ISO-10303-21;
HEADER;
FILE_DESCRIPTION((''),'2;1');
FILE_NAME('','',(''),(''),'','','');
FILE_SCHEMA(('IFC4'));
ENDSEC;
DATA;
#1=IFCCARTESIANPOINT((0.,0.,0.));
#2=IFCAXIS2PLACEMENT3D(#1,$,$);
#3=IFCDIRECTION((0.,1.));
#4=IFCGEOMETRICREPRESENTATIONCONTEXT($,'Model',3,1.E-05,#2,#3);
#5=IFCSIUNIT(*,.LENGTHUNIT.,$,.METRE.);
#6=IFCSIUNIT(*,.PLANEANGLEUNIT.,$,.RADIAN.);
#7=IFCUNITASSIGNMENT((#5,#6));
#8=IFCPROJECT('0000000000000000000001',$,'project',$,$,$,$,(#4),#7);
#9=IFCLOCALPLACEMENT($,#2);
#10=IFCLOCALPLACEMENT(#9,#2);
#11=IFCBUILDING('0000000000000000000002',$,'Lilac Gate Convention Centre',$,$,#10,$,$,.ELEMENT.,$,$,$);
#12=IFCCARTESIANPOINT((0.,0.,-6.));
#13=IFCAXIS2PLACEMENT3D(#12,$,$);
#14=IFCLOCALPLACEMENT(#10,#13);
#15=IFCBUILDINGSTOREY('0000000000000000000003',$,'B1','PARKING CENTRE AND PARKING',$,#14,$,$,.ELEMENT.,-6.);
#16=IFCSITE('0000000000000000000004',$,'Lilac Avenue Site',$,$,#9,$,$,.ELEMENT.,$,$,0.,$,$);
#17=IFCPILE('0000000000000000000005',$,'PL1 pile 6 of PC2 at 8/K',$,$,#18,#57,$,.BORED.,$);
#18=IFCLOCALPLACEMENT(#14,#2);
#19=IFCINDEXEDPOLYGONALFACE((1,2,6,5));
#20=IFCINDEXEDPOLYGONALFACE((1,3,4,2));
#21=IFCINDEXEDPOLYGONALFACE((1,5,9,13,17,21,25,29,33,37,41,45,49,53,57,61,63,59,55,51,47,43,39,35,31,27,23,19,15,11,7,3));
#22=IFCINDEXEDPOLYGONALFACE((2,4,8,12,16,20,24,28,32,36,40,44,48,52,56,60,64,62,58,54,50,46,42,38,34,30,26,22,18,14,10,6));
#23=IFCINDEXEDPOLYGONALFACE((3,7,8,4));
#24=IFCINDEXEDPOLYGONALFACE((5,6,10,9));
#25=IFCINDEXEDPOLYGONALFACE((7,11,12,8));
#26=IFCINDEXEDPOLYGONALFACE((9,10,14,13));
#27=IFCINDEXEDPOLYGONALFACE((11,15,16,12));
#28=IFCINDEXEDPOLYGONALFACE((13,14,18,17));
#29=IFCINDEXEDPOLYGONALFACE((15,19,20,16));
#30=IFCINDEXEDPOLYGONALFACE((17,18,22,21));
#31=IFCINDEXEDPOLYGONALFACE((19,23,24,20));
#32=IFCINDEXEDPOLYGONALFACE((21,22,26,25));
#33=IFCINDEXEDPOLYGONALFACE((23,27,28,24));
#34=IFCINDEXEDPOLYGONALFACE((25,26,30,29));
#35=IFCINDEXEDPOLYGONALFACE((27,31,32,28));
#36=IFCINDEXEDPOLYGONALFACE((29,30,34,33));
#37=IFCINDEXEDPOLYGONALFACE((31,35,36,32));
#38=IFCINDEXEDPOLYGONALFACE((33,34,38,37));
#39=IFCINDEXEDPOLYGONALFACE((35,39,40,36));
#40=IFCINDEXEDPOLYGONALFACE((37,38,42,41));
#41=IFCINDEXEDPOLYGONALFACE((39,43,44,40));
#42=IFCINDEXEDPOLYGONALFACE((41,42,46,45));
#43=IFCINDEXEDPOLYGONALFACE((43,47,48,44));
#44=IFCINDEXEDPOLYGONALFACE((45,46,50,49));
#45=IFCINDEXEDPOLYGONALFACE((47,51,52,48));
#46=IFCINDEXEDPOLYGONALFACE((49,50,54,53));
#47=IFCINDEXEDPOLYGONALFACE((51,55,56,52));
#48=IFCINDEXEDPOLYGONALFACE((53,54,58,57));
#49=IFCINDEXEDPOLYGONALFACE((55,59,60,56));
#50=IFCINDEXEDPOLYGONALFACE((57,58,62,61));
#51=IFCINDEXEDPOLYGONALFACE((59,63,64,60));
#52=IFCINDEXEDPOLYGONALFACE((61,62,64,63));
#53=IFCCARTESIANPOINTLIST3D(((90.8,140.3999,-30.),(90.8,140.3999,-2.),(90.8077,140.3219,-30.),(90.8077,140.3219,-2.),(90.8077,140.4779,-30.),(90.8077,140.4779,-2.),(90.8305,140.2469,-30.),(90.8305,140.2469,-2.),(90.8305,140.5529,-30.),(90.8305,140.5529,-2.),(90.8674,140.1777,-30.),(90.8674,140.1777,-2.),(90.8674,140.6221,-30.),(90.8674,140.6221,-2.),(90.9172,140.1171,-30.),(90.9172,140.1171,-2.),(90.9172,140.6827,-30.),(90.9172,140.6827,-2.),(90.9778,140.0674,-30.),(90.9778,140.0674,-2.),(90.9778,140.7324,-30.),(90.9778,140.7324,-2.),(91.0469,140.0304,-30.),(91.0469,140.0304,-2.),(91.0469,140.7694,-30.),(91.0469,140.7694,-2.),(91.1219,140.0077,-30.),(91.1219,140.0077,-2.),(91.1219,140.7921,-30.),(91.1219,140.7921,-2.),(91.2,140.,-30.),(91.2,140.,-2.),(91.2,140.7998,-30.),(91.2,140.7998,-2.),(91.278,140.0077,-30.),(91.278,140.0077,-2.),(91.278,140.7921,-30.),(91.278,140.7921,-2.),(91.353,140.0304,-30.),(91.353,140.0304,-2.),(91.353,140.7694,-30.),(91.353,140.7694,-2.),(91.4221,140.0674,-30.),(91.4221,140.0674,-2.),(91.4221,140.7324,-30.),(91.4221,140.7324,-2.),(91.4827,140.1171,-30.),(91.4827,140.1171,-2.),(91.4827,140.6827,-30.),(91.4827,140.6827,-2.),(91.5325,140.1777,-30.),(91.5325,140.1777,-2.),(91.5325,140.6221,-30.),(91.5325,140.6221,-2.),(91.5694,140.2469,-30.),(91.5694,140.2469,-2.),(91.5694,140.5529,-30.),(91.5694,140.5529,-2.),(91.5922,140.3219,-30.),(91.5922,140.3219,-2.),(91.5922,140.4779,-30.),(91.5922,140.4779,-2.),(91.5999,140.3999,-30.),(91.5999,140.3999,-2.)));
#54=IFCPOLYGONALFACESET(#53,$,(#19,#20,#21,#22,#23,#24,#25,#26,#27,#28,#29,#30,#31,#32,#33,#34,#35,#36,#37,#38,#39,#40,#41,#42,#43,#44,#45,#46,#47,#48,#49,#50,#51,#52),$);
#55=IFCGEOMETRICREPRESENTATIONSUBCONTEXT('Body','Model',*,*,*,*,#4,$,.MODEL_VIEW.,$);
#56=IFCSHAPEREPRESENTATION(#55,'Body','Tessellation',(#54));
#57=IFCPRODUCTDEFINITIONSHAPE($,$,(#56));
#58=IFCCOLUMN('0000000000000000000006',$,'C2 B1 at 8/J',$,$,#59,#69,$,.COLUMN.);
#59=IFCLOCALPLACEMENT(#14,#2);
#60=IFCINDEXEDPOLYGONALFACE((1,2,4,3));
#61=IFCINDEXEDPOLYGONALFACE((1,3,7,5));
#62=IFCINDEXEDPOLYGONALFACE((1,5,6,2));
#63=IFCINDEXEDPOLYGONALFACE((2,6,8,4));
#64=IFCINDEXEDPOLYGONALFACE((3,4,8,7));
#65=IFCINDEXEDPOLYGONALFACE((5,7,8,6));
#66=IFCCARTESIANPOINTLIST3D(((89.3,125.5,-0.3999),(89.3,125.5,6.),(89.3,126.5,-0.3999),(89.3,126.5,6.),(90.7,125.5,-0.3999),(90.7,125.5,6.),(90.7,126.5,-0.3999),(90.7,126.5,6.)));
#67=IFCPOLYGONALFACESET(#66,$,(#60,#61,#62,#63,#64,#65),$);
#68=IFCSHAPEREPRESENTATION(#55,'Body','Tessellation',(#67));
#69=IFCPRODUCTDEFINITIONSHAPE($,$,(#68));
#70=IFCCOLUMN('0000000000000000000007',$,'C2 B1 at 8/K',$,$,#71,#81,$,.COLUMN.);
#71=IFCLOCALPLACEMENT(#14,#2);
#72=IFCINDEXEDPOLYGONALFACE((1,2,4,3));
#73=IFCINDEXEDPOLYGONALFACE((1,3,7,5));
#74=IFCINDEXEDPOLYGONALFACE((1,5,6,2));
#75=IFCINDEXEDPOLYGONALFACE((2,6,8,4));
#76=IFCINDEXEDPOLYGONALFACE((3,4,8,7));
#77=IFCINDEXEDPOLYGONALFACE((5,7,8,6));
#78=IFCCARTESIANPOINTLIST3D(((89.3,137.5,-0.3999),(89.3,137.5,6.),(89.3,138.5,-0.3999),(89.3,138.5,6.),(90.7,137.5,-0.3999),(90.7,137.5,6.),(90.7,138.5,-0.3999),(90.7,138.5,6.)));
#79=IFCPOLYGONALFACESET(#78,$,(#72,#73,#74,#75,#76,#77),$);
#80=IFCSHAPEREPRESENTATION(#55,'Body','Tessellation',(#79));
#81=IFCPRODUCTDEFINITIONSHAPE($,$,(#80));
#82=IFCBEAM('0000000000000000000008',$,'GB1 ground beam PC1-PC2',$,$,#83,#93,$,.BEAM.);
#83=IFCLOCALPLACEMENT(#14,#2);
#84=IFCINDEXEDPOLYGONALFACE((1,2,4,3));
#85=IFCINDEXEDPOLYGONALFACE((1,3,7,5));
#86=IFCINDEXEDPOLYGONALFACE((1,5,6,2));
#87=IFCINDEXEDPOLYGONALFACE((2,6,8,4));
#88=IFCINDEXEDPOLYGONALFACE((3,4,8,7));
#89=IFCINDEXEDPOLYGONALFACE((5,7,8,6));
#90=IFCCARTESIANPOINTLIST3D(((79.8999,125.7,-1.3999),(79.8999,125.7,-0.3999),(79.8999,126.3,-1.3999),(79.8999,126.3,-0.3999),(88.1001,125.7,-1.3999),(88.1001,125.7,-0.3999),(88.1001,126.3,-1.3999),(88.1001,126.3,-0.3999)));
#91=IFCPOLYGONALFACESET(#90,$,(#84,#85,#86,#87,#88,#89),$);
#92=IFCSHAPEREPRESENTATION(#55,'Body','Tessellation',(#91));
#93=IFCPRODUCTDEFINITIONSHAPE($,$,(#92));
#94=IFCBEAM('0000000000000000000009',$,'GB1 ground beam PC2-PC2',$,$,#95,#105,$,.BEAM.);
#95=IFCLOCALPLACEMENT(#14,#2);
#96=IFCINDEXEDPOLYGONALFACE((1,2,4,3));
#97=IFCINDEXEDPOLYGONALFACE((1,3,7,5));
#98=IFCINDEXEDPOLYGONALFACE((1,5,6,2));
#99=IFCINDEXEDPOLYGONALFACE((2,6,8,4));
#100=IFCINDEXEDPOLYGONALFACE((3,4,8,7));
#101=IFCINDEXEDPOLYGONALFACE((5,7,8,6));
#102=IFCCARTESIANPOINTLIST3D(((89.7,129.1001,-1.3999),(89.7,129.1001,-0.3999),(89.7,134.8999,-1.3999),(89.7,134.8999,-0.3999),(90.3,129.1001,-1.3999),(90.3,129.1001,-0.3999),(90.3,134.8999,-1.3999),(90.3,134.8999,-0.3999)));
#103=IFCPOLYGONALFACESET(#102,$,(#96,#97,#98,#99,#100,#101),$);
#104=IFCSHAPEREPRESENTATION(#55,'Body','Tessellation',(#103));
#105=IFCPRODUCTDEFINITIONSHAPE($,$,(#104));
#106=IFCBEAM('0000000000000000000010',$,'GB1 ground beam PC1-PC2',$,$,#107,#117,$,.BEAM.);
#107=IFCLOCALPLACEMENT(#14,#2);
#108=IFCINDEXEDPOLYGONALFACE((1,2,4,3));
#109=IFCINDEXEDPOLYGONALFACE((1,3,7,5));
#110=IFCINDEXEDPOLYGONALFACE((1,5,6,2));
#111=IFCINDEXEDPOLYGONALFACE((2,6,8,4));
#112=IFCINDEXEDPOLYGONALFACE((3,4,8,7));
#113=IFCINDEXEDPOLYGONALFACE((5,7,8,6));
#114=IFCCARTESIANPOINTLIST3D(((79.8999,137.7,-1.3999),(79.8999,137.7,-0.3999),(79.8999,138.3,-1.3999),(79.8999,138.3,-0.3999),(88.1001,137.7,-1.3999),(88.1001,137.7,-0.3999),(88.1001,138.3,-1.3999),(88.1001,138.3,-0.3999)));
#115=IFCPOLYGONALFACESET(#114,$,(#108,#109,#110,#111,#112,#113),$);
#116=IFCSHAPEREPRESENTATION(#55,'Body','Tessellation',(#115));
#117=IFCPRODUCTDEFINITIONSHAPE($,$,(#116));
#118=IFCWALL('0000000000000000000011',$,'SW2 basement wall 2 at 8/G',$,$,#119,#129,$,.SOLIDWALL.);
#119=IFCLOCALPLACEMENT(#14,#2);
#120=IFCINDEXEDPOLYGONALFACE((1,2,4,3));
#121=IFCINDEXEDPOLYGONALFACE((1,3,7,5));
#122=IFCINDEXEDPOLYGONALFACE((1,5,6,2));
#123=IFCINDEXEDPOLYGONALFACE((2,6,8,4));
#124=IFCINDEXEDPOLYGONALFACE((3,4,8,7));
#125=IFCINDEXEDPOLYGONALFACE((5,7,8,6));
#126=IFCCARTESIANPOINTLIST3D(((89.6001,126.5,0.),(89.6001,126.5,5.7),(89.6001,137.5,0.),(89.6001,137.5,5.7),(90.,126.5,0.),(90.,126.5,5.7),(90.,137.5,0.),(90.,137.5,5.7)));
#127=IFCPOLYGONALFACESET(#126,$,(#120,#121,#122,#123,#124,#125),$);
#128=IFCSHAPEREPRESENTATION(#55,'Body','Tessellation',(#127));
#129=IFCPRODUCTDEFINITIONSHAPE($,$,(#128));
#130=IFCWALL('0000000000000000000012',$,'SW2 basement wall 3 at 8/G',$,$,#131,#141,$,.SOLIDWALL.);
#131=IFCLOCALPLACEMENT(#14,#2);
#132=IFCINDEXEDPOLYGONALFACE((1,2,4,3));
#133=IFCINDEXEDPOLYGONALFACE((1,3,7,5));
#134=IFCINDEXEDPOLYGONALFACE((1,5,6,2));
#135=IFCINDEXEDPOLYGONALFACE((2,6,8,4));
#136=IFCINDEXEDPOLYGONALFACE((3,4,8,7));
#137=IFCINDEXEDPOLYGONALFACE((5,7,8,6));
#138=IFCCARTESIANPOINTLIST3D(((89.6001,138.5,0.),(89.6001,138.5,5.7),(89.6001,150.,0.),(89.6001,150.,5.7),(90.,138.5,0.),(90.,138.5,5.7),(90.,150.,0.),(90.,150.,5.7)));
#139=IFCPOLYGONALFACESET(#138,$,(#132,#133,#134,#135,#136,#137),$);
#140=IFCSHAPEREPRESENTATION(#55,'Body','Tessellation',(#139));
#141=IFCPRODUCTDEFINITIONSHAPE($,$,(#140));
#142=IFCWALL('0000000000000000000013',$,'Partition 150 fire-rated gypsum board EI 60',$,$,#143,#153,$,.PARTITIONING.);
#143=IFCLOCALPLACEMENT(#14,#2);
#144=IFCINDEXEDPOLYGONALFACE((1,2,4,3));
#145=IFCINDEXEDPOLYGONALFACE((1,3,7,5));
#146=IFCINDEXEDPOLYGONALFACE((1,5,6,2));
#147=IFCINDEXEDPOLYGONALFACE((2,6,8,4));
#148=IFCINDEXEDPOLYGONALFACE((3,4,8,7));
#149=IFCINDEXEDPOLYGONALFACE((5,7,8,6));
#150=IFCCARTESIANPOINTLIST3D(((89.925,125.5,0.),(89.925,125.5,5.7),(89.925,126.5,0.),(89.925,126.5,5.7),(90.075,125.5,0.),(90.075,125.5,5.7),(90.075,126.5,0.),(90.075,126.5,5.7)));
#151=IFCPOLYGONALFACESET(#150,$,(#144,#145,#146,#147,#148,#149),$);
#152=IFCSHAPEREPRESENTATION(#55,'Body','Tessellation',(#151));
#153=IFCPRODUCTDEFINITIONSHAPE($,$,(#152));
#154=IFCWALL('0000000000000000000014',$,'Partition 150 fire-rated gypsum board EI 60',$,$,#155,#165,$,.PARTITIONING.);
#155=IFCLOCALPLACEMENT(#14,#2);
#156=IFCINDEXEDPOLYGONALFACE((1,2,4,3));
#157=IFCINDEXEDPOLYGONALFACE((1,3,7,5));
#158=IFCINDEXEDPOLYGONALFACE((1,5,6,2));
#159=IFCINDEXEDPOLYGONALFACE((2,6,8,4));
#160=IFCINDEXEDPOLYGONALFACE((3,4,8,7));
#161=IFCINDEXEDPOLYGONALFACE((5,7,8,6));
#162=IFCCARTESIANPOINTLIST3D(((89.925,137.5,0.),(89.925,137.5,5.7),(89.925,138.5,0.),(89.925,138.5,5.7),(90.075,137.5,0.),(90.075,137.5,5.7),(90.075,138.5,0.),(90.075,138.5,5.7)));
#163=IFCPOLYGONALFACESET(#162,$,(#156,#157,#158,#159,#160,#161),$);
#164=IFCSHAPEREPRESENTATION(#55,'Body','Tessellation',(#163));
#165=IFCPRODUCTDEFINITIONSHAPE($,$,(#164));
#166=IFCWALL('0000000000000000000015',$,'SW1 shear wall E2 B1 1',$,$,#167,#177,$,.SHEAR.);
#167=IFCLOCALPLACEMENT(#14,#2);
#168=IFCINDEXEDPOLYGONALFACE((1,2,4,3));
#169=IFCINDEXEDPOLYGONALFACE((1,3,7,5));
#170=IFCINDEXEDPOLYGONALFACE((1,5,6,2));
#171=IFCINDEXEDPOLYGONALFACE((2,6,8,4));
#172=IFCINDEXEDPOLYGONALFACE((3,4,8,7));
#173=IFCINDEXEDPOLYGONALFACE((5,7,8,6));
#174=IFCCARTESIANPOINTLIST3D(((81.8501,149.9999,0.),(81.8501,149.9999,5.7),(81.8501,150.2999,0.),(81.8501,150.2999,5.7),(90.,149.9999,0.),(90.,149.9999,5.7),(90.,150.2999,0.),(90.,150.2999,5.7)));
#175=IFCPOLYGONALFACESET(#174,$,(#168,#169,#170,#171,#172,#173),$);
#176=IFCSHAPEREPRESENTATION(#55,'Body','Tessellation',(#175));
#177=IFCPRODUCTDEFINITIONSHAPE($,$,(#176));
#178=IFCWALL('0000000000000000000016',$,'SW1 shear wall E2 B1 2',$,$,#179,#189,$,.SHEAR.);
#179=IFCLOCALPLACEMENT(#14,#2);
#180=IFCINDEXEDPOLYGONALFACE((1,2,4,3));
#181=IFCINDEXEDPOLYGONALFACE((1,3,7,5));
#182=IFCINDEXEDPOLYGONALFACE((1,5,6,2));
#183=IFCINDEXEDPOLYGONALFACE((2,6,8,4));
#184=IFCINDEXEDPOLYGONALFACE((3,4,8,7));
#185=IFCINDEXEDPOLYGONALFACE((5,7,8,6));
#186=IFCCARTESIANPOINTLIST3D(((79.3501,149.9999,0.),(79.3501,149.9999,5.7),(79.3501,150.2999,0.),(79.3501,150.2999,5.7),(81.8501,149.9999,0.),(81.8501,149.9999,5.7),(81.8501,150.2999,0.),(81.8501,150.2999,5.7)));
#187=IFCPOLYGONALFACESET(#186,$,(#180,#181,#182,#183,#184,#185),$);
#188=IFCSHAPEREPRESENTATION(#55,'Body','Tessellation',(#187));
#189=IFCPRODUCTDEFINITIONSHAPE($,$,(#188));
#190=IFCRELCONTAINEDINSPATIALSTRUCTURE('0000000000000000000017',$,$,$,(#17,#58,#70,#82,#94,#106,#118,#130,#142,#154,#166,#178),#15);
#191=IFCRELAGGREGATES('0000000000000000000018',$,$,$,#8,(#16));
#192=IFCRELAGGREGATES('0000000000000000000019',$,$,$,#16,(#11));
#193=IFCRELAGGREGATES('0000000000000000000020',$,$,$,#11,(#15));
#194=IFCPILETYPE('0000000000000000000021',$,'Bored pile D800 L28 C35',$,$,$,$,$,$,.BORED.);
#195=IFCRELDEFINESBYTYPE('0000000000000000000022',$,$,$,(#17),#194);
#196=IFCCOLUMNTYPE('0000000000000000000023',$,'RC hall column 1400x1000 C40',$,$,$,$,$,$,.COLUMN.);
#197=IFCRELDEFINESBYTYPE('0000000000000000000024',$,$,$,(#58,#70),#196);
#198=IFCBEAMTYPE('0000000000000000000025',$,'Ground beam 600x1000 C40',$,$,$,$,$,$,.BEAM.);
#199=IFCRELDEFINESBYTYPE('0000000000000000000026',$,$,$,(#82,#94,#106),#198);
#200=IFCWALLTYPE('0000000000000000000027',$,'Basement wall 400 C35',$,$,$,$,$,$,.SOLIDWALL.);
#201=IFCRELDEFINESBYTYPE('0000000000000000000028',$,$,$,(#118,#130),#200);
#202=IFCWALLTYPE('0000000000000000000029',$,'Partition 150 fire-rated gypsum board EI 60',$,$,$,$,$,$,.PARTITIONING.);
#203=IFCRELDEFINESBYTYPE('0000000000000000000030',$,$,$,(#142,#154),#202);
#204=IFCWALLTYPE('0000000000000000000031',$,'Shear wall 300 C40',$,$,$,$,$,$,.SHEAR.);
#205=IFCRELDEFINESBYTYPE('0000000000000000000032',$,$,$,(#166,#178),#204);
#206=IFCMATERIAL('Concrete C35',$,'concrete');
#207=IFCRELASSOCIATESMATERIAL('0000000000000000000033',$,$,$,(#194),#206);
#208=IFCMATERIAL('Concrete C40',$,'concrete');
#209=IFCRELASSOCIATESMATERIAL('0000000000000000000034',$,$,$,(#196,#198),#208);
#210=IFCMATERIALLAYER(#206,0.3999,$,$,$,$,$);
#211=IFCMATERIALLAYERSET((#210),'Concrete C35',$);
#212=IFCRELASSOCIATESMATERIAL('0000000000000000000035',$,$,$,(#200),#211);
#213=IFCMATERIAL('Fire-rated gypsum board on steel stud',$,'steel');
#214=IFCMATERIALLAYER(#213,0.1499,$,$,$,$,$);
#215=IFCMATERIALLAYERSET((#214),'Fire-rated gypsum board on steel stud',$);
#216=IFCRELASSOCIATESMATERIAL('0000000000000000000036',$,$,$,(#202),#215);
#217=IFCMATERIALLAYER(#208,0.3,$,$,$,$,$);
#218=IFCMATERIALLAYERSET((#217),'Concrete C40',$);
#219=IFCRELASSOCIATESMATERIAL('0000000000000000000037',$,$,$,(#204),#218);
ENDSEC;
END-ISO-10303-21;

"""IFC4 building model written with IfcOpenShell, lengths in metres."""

from ifc_helpers import new_model, si_unit, direction, frame, frame_2d, origin, origin_2d, place, context, subcontext, project, spatial, rectangle, circle, extrude, material, layer, layer_set, material_profile, profile_set, type_object, element, save


model = new_model("IFC4")

# Units and contexts
model_context = context("Model", 3, precision=1e-05, world=origin(), true_north=direction((0.0, 1.0)))
body_context = subcontext(model_context, "Body", "Model", "MODEL_VIEW")
ifc_project = project(units=[si_unit("LENGTHUNIT", "METRE"), si_unit("PLANEANGLEUNIT", "RADIAN")], contexts=[model_context])

# Site, building, storey
site_placement = place(None, origin())
site = spatial("IfcSite", under=ifc_project, at=site_placement, Name="Lilac Avenue Site", CompositionType="ELEMENT", RefElevation=0.0)
building_placement = place(site_placement, origin())
building = spatial("IfcBuilding", under=site, at=building_placement, Name="Lilac Gate Convention Centre", CompositionType="ELEMENT")
storey_placement = place(building_placement, frame((0.0, 0.0, -6.0)))
storey = spatial("IfcBuildingStorey", under=building, at=storey_placement, Name="B1", Description="PARKING CENTRE AND PARKING", CompositionType="ELEMENT", Elevation=-6.0)

# Pile
ifc_material_1 = material(Name="Concrete C35", Category="concrete")
ifc_material_profile_1 = material_profile(ifc_material_1, circle(Radius=0.3999, at=origin_2d()), Name="D800")
ifc_profile_set_1 = profile_set([ifc_material_profile_1], Name="Concrete C35")
pile_type = type_object("IfcPileType", Name="Bored pile D800 L28 C35", PredefinedType="BORED", material=ifc_profile_set_1)
for number, where, z_axis, x_axis, name in (
    (1, (91.2, 140.3999, -2.0), (0.0, 0.0, -1.0), (1.0, 0.0, 0.0), "PL1 pile 6 of PC2 at 8/K"),
):
    element("IfcPile", number, at=place(storey_placement, frame(where, z_axis=z_axis, x_axis=x_axis)), inside=storey, type_object=pile_type, Name=name, PredefinedType="BORED", context=body_context, shape_type="SweptSolid", body=[
        extrude(circle(Radius=0.3999, at=origin_2d()), origin(), (0.0, 0.0, 1.0), 28.0),
    ])

# Columns
ifc_material_2 = material(Name="Concrete C40", Category="concrete")
ifc_material_profile_2 = material_profile(ifc_material_2, rectangle(XDim=1.3999, YDim=1.0, at=origin_2d()), Name="RC 1400x1000")
ifc_profile_set_2 = profile_set([ifc_material_profile_2], Name="Concrete C40")
column_type = type_object("IfcColumnType", Name="RC hall column 1400x1000 C40", PredefinedType="COLUMN", material=ifc_profile_set_2)
for number, where, z_axis, x_axis, name in (
    (2, (90.0, 126.0, -0.3999), (0.0, 0.0, 1.0), (1.0, 0.0, 0.0), "C2 B1 at 8/J"),
    (3, (90.0, 138.0, -0.3999), (0.0, 0.0, 1.0), (1.0, 0.0, 0.0), "C2 B1 at 8/K"),
):
    element("IfcColumn", number, at=place(storey_placement, frame(where, z_axis=z_axis, x_axis=x_axis)), inside=storey, type_object=column_type, Name=name, PredefinedType="COLUMN", context=body_context, shape_type="SweptSolid", body=[
        extrude(rectangle(XDim=1.3999, YDim=1.0, at=origin_2d()), origin(), (0.0, 0.0, 1.0), 6.3999),
    ])

# Beams
ifc_material_profile_3 = material_profile(ifc_material_2, rectangle(XDim=0.6001, YDim=1.0, at=origin_2d()), Name="RC 600x1000")
ifc_profile_set_3 = profile_set([ifc_material_profile_3], Name="Concrete C40")
beam_type = type_object("IfcBeamType", Name="Ground beam 600x1000 C40", PredefinedType="BEAM", material=ifc_profile_set_3)
beam_1_placement = place(storey_placement, frame((79.8999, 126.0, -0.8999), z_axis=(1.0, 0.0, 0.0), x_axis=(0.0, 1.0, 0.0)))
element("IfcBeam", 4, at=beam_1_placement, inside=storey, type_object=beam_type, Name="GB1 ground beam PC1-PC2", PredefinedType="BEAM", context=body_context, shape_type="SweptSolid", body=[
    extrude(rectangle(XDim=0.6001, YDim=1.0, at=origin_2d()), origin(), (0.0, 0.0, 1.0), 8.2002),
])
beam_2_placement = place(storey_placement, frame((90.0, 129.1001, -0.8999), z_axis=(0.0, 1.0, 0.0), x_axis=(-1.0, 0.0, 0.0)))
element("IfcBeam", 5, at=beam_2_placement, inside=storey, type_object=beam_type, Name="GB1 ground beam PC2-PC2", PredefinedType="BEAM", context=body_context, shape_type="SweptSolid", body=[
    extrude(rectangle(XDim=0.6001, YDim=1.0, at=origin_2d()), origin(), (0.0, 0.0, 1.0), 5.7998),
])
beam_3_placement = place(storey_placement, frame((79.8999, 138.0, -0.8999), z_axis=(1.0, 0.0, 0.0), x_axis=(0.0, 1.0, 0.0)))
element("IfcBeam", 6, at=beam_3_placement, inside=storey, type_object=beam_type, Name="GB1 ground beam PC1-PC2", PredefinedType="BEAM", context=body_context, shape_type="SweptSolid", body=[
    extrude(rectangle(XDim=0.6001, YDim=1.0, at=origin_2d()), origin(), (0.0, 0.0, 1.0), 8.2002),
])

# Walls
ifc_layer_1 = layer(ifc_material_1, 0.3999)
ifc_layer_set_1 = layer_set([ifc_layer_1], Name="Concrete C35")
wall_type_1 = type_object("IfcWallType", Name="Basement wall 400 C35", PredefinedType="SOLIDWALL", material=ifc_layer_set_1)
wall_1_placement = place(storey_placement, frame((89.8, 126.5, 0.0), z_axis=(0.0, 0.0, 1.0), x_axis=(0.0, 1.0, 0.0)))
element("IfcWall", 7, at=wall_1_placement, inside=storey, type_object=wall_type_1, Name="SW2 basement wall 2 at 8/G", PredefinedType="SOLIDWALL", context=body_context, shape_type="SweptSolid", body=[
    extrude(rectangle(XDim=11.0, YDim=0.3999, at=frame_2d((5.5, 0.0))), origin(), (0.0, 0.0, 1.0), 5.7),
])
wall_2_placement = place(storey_placement, frame((89.8, 138.5, 0.0), z_axis=(0.0, 0.0, 1.0), x_axis=(0.0, 1.0, 0.0)))
element("IfcWall", 8, at=wall_2_placement, inside=storey, type_object=wall_type_1, Name="SW2 basement wall 3 at 8/G", PredefinedType="SOLIDWALL", context=body_context, shape_type="SweptSolid", body=[
    extrude(rectangle(XDim=11.5, YDim=0.3999, at=frame_2d((5.75, 0.0))), origin(), (0.0, 0.0, 1.0), 5.7),
])
ifc_material_3 = material(Name="Fire-rated gypsum board on steel stud", Category="steel")
ifc_layer_2 = layer(ifc_material_3, 0.1499)
ifc_layer_set_2 = layer_set([ifc_layer_2], Name="Fire-rated gypsum board on steel stud")
wall_type_2 = type_object("IfcWallType", Name="Partition 150 fire-rated gypsum board EI 60", PredefinedType="PARTITIONING", material=ifc_layer_set_2)
for number, where, z_axis, x_axis, name in (
    (9, (90.0, 125.5, 0.0), (0.0, 0.0, 1.0), (0.0, 1.0, 0.0), "Partition 150 fire-rated gypsum board EI 60"),
    (10, (90.0, 137.5, 0.0), (0.0, 0.0, 1.0), (0.0, 1.0, 0.0), "Partition 150 fire-rated gypsum board EI 60"),
):
    element("IfcWall", number, at=place(storey_placement, frame(where, z_axis=z_axis, x_axis=x_axis)), inside=storey, type_object=wall_type_2, Name=name, PredefinedType="PARTITIONING", context=body_context, shape_type="SweptSolid", body=[
        extrude(rectangle(XDim=1.0, YDim=0.1499, at=frame_2d((0.5, 0.0))), origin(), (0.0, 0.0, 1.0), 5.7),
    ])
ifc_layer_3 = layer(ifc_material_2, 0.3)
ifc_layer_set_3 = layer_set([ifc_layer_3], Name="Concrete C40")
wall_type_3 = type_object("IfcWallType", Name="Shear wall 300 C40", PredefinedType="SHEAR", material=ifc_layer_set_3)
wall_3_placement = place(storey_placement, frame((90.0, 150.1499, 0.0), z_axis=(0.0, 0.0, 1.0), x_axis=(-1.0, 0.0, 0.0)))
element("IfcWall", 11, at=wall_3_placement, inside=storey, type_object=wall_type_3, Name="SW1 shear wall E2 B1 1", PredefinedType="SHEAR", context=body_context, shape_type="SweptSolid", body=[
    extrude(rectangle(XDim=8.1499, YDim=0.3, at=frame_2d((4.075, 0.0))), origin(), (0.0, 0.0, 1.0), 5.7),
])
wall_4_placement = place(storey_placement, frame((81.8501, 150.1499, 0.0), z_axis=(0.0, 0.0, 1.0), x_axis=(-1.0, 0.0, 0.0)))
element("IfcWall", 12, at=wall_4_placement, inside=storey, type_object=wall_type_3, Name="SW1 shear wall E2 B1 2", PredefinedType="SHEAR", context=body_context, shape_type="SweptSolid", body=[
    extrude(rectangle(XDim=2.5, YDim=0.3, at=frame_2d((1.25, 0.0))), origin(), (0.0, 0.0, 1.0), 5.7),
])

save(model, "model.ifc")
